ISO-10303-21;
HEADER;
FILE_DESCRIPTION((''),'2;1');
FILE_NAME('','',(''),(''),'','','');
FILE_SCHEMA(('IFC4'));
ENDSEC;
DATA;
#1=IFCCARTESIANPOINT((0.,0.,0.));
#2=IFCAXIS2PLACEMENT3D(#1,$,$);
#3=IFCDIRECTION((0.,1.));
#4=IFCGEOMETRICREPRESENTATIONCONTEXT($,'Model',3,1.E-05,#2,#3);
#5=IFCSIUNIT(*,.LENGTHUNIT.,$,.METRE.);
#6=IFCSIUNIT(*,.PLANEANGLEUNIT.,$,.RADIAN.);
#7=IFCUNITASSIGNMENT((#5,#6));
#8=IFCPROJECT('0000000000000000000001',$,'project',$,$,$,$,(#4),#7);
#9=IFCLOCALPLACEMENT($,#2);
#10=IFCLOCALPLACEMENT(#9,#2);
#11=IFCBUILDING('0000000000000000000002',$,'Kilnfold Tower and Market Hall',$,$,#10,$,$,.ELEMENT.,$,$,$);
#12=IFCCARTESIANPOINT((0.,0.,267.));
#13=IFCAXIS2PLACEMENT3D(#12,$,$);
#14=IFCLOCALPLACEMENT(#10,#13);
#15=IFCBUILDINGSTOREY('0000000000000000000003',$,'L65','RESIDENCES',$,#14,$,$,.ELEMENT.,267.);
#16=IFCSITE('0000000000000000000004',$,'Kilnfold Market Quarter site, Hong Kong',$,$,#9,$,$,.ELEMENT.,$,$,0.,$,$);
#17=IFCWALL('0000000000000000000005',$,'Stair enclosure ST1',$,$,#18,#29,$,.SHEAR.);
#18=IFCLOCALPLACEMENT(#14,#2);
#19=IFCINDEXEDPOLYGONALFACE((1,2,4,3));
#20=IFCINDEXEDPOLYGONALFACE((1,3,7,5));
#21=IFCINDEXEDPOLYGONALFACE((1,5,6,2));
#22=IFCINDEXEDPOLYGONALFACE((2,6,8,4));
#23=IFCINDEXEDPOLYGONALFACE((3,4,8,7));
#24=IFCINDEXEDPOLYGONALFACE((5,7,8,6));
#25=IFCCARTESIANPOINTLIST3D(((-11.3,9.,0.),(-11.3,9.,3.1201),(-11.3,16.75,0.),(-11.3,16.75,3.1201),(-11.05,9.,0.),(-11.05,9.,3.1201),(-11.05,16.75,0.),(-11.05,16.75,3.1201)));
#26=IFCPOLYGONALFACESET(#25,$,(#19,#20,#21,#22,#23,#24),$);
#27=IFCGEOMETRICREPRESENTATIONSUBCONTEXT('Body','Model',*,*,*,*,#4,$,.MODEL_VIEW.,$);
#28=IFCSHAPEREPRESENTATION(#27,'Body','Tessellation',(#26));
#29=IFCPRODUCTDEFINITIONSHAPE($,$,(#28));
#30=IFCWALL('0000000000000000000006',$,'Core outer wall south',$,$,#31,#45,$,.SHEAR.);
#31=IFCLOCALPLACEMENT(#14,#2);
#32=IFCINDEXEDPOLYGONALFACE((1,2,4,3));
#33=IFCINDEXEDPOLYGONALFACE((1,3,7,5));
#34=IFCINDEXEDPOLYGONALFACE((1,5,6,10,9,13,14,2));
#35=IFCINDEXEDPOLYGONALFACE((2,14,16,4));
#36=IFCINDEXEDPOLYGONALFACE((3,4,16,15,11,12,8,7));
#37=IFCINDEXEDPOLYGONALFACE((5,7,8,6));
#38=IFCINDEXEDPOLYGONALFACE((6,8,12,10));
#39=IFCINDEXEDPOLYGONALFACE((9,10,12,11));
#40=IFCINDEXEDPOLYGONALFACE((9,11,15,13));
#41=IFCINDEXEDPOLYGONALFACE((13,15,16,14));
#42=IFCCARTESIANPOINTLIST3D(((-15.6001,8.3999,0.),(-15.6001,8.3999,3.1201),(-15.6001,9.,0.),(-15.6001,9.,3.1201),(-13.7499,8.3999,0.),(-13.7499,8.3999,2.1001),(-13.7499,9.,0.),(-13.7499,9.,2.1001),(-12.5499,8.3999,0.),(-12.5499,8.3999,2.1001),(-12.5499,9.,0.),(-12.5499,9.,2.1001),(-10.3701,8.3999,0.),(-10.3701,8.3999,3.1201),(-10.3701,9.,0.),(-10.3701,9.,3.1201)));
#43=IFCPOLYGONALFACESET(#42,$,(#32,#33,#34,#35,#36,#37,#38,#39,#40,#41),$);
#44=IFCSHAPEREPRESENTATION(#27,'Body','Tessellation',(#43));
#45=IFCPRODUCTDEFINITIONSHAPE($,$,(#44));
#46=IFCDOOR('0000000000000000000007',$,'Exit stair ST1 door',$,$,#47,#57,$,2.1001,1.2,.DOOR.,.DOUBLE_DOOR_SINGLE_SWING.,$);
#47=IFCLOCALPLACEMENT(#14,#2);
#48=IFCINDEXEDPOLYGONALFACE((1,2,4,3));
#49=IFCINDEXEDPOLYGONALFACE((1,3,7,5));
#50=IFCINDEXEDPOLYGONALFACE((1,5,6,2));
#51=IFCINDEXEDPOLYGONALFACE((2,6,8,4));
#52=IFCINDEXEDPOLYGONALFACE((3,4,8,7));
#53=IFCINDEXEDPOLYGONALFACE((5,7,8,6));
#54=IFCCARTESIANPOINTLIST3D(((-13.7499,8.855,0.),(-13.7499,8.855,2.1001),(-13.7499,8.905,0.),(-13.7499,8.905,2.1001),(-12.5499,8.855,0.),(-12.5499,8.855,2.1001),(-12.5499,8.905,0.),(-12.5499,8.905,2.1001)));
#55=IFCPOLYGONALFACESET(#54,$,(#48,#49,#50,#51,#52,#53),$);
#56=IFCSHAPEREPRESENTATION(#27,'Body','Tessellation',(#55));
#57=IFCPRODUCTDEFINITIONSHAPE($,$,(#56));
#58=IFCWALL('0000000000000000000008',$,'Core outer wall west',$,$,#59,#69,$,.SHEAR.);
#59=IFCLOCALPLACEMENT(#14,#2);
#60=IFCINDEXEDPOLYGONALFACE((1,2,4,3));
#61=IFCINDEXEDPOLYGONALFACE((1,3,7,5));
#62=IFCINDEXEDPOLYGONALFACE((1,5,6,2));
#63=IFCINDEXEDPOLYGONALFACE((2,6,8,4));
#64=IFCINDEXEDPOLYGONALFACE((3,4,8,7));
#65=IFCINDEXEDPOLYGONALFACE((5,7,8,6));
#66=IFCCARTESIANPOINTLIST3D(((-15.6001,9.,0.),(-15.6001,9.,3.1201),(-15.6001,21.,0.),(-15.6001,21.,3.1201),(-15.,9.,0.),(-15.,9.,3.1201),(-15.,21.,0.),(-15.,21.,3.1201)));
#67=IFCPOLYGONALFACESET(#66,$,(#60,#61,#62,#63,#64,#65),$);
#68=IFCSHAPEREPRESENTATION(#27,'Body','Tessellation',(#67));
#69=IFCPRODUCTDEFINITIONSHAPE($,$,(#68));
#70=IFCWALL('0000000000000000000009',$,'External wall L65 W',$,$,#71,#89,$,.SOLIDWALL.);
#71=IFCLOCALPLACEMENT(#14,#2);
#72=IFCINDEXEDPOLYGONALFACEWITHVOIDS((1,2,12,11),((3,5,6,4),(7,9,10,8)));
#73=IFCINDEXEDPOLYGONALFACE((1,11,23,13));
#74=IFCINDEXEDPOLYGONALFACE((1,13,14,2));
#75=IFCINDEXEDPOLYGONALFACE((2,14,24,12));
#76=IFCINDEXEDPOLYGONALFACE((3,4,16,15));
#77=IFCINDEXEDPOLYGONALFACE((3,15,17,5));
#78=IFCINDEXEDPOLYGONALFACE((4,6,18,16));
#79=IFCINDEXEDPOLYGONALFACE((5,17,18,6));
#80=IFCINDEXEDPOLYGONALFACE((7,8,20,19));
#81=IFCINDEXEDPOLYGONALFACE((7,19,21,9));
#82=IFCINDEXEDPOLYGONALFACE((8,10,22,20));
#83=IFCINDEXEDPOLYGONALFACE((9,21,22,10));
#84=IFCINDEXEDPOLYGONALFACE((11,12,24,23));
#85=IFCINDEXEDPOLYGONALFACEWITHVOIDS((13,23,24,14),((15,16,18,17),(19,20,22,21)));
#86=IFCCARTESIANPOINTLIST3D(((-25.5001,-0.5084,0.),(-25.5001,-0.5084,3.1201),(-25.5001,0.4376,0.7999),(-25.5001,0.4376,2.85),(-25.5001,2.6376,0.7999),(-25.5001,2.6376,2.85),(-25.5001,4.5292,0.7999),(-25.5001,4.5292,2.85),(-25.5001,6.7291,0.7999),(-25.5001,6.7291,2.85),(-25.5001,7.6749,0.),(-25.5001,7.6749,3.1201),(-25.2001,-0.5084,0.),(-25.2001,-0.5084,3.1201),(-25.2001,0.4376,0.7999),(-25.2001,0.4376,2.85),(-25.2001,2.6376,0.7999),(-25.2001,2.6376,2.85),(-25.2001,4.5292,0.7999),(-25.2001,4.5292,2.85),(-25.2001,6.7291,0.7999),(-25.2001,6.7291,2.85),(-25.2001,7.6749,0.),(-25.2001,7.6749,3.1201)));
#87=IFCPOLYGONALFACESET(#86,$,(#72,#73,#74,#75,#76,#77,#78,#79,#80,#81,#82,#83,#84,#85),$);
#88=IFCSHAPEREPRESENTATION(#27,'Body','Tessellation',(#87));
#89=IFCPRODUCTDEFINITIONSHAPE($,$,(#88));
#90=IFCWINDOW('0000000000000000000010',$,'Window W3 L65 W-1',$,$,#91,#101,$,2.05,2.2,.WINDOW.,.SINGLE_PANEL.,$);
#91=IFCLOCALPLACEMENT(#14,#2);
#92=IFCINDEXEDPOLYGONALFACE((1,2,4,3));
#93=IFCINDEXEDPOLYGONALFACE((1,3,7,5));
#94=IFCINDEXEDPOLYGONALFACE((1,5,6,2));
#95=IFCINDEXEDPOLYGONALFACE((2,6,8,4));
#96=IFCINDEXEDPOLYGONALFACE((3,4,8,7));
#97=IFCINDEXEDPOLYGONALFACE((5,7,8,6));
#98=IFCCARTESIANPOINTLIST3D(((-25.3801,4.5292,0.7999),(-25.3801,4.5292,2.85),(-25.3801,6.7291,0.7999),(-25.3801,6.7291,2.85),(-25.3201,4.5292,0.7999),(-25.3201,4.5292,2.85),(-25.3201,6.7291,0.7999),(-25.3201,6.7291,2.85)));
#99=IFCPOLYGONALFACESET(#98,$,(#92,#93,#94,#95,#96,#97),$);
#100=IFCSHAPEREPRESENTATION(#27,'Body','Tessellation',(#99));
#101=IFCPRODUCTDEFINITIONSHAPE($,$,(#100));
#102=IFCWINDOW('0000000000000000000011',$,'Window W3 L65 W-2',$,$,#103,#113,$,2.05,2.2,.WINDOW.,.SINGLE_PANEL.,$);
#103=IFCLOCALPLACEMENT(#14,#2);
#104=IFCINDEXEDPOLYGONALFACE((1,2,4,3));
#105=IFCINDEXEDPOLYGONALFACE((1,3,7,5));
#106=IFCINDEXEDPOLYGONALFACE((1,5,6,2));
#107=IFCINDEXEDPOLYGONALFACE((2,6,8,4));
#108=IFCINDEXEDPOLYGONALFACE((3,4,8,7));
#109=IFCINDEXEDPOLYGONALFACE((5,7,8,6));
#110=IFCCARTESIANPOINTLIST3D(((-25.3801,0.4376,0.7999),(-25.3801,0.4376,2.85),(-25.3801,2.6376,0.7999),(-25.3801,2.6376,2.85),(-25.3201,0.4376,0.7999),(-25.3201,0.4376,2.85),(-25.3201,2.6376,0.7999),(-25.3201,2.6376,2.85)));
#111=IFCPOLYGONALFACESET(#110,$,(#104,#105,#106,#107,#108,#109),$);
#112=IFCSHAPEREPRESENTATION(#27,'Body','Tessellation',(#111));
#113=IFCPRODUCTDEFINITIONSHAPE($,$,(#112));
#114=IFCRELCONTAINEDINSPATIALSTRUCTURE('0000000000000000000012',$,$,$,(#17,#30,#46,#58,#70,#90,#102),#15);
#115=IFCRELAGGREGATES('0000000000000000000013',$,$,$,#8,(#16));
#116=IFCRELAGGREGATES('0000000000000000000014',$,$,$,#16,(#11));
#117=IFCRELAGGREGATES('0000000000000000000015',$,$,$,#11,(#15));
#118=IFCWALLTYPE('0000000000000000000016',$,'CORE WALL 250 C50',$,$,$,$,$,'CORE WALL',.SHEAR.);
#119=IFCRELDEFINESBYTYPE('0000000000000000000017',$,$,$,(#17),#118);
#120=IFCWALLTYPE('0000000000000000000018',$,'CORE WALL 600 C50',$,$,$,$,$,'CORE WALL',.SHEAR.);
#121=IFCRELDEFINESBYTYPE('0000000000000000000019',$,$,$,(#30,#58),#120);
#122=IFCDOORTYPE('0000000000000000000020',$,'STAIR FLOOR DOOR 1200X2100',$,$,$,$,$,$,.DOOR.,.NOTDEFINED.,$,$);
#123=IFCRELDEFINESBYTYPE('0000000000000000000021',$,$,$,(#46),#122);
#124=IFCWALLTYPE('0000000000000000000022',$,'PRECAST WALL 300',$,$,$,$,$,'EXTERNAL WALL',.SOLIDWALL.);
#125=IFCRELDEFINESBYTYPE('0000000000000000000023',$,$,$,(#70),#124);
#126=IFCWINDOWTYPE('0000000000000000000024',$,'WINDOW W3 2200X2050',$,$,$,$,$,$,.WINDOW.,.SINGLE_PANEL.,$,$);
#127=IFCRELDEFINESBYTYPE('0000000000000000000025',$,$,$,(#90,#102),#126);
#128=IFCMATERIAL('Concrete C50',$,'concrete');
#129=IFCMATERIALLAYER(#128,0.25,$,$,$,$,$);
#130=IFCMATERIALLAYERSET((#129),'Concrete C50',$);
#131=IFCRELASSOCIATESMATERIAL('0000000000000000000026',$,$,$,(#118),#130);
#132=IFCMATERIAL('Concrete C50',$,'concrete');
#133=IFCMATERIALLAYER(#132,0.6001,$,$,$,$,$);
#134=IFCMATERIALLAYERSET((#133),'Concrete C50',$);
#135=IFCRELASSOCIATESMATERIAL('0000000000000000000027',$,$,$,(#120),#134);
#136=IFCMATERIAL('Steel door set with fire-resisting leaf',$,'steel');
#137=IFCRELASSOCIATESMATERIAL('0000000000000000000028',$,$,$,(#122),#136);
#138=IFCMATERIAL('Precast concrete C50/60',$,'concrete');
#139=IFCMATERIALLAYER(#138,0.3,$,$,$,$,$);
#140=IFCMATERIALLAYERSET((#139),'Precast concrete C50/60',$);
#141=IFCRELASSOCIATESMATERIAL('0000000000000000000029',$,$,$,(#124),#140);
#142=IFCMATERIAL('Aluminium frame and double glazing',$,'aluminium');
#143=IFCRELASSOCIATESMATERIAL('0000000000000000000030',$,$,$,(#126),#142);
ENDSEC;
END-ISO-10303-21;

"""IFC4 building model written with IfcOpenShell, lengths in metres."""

from ifc_helpers import new_model, si_unit, direction, frame, frame_2d, origin, place, context, subcontext, project, spatial, rectangle, extrude, source, transform, mapped, material, layer, layer_set, type_object, element, fill, save


model = new_model("IFC4")

# Units and contexts
model_context = context("Model", 3, precision=1e-05, world=origin(), true_north=direction((0.0, 1.0)))
body_context = subcontext(model_context, "Body", "Model", "MODEL_VIEW")
ifc_project = project(units=[si_unit("LENGTHUNIT", "METRE"), si_unit("PLANEANGLEUNIT", "RADIAN")], contexts=[model_context])

# Site, building, storey
site_placement = place(None, origin())
site = spatial("IfcSite", under=ifc_project, at=site_placement, Name="Kilnfold Market Quarter site, Hong Kong", CompositionType="ELEMENT", RefElevation=0.0)
building_placement = place(site_placement, origin())
building = spatial("IfcBuilding", under=site, at=building_placement, Name="Kilnfold Tower and Market Hall", CompositionType="ELEMENT")
storey_placement = place(building_placement, frame((0.0, 0.0, 267.0)))
storey = spatial("IfcBuildingStorey", under=building, at=storey_placement, Name="L65", Description="RESIDENCES", CompositionType="ELEMENT", Elevation=267.0)

# Wall
ifc_material_1 = material(Name="Concrete C50", Category="concrete")
ifc_layer_1 = layer(ifc_material_1, 0.25)
ifc_layer_set_1 = layer_set([ifc_layer_1], Name="Concrete C50")
wall_type_1 = type_object("IfcWallType", Name="CORE WALL 250 C50", ElementType="CORE WALL", PredefinedType="SHEAR", material=ifc_layer_set_1)
shared_shape_1 = source(origin(), body_context, "Body", "SweptSolid", [
    extrude(rectangle(XDim=7.75, YDim=0.25, at=frame_2d((3.875, 0.0))), origin(), (0.0, 0.0, 1.0), 3.1201),
])
wall_1_placement = place(storey_placement, frame((-11.175, 9.0, 0.0), z_axis=(0.0, 0.0, 1.0), x_axis=(0.0, 1.0, 0.0)))
element("IfcWall", 1, at=wall_1_placement, inside=storey, type_object=wall_type_1, Name="Stair enclosure ST1", PredefinedType="SHEAR", context=body_context, shape_type="MappedRepresentation", body=[
    mapped(shared_shape_1, transform((0.0, 0.0, 0.0))),
])

# Wall, opening, door
ifc_material_2 = material(Name="Concrete C50", Category="concrete")
ifc_layer_2 = layer(ifc_material_2, 0.6001)
ifc_layer_set_2 = layer_set([ifc_layer_2], Name="Concrete C50")
wall_type_2 = type_object("IfcWallType", Name="CORE WALL 600 C50", ElementType="CORE WALL", PredefinedType="SHEAR", material=ifc_layer_set_2)
shared_shape_2 = source(origin(), body_context, "Body", "SweptSolid", [
    extrude(rectangle(XDim=5.23, YDim=0.6001, at=frame_2d((2.615, 0.0))), origin(), (0.0, 0.0, 1.0), 3.1201),
])
wall_2_placement = place(storey_placement, frame((-15.6001, 8.7, 0.0), z_axis=(0.0, 0.0, 1.0), x_axis=(1.0, 0.0, 0.0)))
wall_2 = element("IfcWall", 2, at=wall_2_placement, inside=storey, type_object=wall_type_2, Name="Core outer wall south", PredefinedType="SHEAR", context=body_context, shape_type="MappedRepresentation", body=[
    mapped(shared_shape_2, transform((0.0, 0.0, 0.0))),
])
opening_1_placement = place(wall_2_placement, frame((1.8501, 0.0, 0.0)))
opening_1 = element("IfcOpeningElement", 3, at=opening_1_placement, cuts=wall_2, PredefinedType="OPENING", context=body_context, shape_type="SweptSolid", body=[
    extrude(rectangle(XDim=1.2, YDim=2.1001, at=frame_2d((0.6001, 1.05))), frame((0.0, 0.3101, 0.0), z_axis=(0.0, -1.0, 0.0), x_axis=(1.0, 0.0, 0.0)), (0.0, 0.0, 1.0), 0.6201),
])
ifc_material_3 = material(Name="Steel door set with fire-resisting leaf", Category="steel")
door_type_1 = type_object("IfcDoorType", Name="STAIR FLOOR DOOR 1200X2100", OperationType="NOTDEFINED", PredefinedType="DOOR", material=ifc_material_3)
door_1_placement = place(opening_1_placement, origin())
door_1 = element("IfcDoor", 4, at=door_1_placement, inside=storey, type_object=door_type_1, Name="Exit stair ST1 door", OperationType="DOUBLE_DOOR_SINGLE_SWING", OverallHeight=2.1001, OverallWidth=1.2, PredefinedType="DOOR", context=body_context, shape_type="SweptSolid", body=[
    extrude(rectangle(XDim=1.2, YDim=2.1001, at=frame_2d((0.6001, 1.05))), frame((0.0, 0.2051, 0.0), z_axis=(0.0, -1.0, 0.0), x_axis=(1.0, 0.0, 0.0)), (0.0, 0.0, 1.0), 0.05),
])
fill(opening_1, door_1)

# Wall
shared_shape_3 = source(origin(), body_context, "Body", "SweptSolid", [
    extrude(rectangle(XDim=12.0, YDim=0.6001, at=frame_2d((6.0, 0.0))), origin(), (0.0, 0.0, 1.0), 3.1201),
])
wall_3_placement = place(storey_placement, frame((-15.3, 9.0, 0.0), z_axis=(0.0, 0.0, 1.0), x_axis=(0.0, 1.0, 0.0)))
element("IfcWall", 5, at=wall_3_placement, inside=storey, type_object=wall_type_2, Name="Core outer wall west", PredefinedType="SHEAR", context=body_context, shape_type="MappedRepresentation", body=[
    mapped(shared_shape_3, transform((0.0, 0.0, 0.0))),
])

# Wall, openings, windows
ifc_material_4 = material(Name="Precast concrete C50/60", Category="concrete")
ifc_layer_3 = layer(ifc_material_4, 0.3)
ifc_layer_set_3 = layer_set([ifc_layer_3], Name="Precast concrete C50/60")
wall_type_3 = type_object("IfcWallType", Name="PRECAST WALL 300", ElementType="EXTERNAL WALL", PredefinedType="SOLIDWALL", material=ifc_layer_set_3)
shared_shape_4 = source(origin(), body_context, "Body", "SweptSolid", [
    extrude(rectangle(XDim=8.1833, YDim=0.3, at=frame_2d((4.0918, 0.0))), origin(), (0.0, 0.0, 1.0), 3.1201),
])
wall_4_placement = place(storey_placement, frame((-25.3501, 7.675, 0.0), z_axis=(0.0, 0.0, 1.0), x_axis=(0.0, -1.0, 0.0)))
wall_4 = element("IfcWall", 6, at=wall_4_placement, inside=storey, type_object=wall_type_3, Name="External wall L65 W", PredefinedType="SOLIDWALL", context=body_context, shape_type="MappedRepresentation", body=[
    mapped(shared_shape_4, transform((0.0, 0.0, 0.0))),
])
opening_2_placement = place(wall_4_placement, frame((0.9458, 0.0, 0.8)))
opening_2 = element("IfcOpeningElement", 7, at=opening_2_placement, cuts=wall_4, PredefinedType="OPENING", context=body_context, shape_type="SweptSolid", body=[
    extrude(rectangle(XDim=2.2, YDim=2.05, at=frame_2d((1.1001, 1.0249))), frame((0.0, 0.1602, 0.0), z_axis=(0.0, -1.0, 0.0), x_axis=(1.0, 0.0, 0.0)), (0.0, 0.0, 1.0), 0.3201),
])
opening_3_placement = place(wall_4_placement, frame((5.0374, 0.0, 0.8)))
opening_3 = element("IfcOpeningElement", 8, at=opening_3_placement, cuts=wall_4, PredefinedType="OPENING", context=body_context, shape_type="SweptSolid", body=[
    extrude(rectangle(XDim=2.2, YDim=2.05, at=frame_2d((1.1001, 1.0249))), frame((0.0, 0.1602, 0.0), z_axis=(0.0, -1.0, 0.0), x_axis=(1.0, 0.0, 0.0)), (0.0, 0.0, 1.0), 0.3201),
])
ifc_material_5 = material(Name="Aluminium frame and double glazing", Category="aluminium")
window_type = type_object("IfcWindowType", Name="WINDOW W3 2200X2050", PartitioningType="SINGLE_PANEL", PredefinedType="WINDOW", material=ifc_material_5)
window_1_placement = place(opening_2_placement, origin())
window_1 = element("IfcWindow", 9, at=window_1_placement, inside=storey, type_object=window_type, Name="Window W3 L65 W-1", OverallHeight=2.05, OverallWidth=2.2, PartitioningType="SINGLE_PANEL", PredefinedType="WINDOW", context=body_context, shape_type="SweptSolid", body=[
    extrude(rectangle(XDim=2.2, YDim=2.05, at=frame_2d((1.1001, 1.0249))), frame((0.0, 0.03, 0.0), z_axis=(0.0, -1.0, 0.0), x_axis=(1.0, 0.0, 0.0)), (0.0, 0.0, 1.0), 0.0601),
])
fill(opening_2, window_1)
window_2_placement = place(opening_3_placement, origin())
window_2 = element("IfcWindow", 10, at=window_2_placement, inside=storey, type_object=window_type, Name="Window W3 L65 W-2", OverallHeight=2.05, OverallWidth=2.2, PartitioningType="SINGLE_PANEL", PredefinedType="WINDOW", context=body_context, shape_type="SweptSolid", body=[
    extrude(rectangle(XDim=2.2, YDim=2.05, at=frame_2d((1.1001, 1.0249))), frame((0.0, 0.03, 0.0), z_axis=(0.0, -1.0, 0.0), x_axis=(1.0, 0.0, 0.0)), (0.0, 0.0, 1.0), 0.0601),
])
fill(opening_3, window_2)

save(model, "model.ifc")
